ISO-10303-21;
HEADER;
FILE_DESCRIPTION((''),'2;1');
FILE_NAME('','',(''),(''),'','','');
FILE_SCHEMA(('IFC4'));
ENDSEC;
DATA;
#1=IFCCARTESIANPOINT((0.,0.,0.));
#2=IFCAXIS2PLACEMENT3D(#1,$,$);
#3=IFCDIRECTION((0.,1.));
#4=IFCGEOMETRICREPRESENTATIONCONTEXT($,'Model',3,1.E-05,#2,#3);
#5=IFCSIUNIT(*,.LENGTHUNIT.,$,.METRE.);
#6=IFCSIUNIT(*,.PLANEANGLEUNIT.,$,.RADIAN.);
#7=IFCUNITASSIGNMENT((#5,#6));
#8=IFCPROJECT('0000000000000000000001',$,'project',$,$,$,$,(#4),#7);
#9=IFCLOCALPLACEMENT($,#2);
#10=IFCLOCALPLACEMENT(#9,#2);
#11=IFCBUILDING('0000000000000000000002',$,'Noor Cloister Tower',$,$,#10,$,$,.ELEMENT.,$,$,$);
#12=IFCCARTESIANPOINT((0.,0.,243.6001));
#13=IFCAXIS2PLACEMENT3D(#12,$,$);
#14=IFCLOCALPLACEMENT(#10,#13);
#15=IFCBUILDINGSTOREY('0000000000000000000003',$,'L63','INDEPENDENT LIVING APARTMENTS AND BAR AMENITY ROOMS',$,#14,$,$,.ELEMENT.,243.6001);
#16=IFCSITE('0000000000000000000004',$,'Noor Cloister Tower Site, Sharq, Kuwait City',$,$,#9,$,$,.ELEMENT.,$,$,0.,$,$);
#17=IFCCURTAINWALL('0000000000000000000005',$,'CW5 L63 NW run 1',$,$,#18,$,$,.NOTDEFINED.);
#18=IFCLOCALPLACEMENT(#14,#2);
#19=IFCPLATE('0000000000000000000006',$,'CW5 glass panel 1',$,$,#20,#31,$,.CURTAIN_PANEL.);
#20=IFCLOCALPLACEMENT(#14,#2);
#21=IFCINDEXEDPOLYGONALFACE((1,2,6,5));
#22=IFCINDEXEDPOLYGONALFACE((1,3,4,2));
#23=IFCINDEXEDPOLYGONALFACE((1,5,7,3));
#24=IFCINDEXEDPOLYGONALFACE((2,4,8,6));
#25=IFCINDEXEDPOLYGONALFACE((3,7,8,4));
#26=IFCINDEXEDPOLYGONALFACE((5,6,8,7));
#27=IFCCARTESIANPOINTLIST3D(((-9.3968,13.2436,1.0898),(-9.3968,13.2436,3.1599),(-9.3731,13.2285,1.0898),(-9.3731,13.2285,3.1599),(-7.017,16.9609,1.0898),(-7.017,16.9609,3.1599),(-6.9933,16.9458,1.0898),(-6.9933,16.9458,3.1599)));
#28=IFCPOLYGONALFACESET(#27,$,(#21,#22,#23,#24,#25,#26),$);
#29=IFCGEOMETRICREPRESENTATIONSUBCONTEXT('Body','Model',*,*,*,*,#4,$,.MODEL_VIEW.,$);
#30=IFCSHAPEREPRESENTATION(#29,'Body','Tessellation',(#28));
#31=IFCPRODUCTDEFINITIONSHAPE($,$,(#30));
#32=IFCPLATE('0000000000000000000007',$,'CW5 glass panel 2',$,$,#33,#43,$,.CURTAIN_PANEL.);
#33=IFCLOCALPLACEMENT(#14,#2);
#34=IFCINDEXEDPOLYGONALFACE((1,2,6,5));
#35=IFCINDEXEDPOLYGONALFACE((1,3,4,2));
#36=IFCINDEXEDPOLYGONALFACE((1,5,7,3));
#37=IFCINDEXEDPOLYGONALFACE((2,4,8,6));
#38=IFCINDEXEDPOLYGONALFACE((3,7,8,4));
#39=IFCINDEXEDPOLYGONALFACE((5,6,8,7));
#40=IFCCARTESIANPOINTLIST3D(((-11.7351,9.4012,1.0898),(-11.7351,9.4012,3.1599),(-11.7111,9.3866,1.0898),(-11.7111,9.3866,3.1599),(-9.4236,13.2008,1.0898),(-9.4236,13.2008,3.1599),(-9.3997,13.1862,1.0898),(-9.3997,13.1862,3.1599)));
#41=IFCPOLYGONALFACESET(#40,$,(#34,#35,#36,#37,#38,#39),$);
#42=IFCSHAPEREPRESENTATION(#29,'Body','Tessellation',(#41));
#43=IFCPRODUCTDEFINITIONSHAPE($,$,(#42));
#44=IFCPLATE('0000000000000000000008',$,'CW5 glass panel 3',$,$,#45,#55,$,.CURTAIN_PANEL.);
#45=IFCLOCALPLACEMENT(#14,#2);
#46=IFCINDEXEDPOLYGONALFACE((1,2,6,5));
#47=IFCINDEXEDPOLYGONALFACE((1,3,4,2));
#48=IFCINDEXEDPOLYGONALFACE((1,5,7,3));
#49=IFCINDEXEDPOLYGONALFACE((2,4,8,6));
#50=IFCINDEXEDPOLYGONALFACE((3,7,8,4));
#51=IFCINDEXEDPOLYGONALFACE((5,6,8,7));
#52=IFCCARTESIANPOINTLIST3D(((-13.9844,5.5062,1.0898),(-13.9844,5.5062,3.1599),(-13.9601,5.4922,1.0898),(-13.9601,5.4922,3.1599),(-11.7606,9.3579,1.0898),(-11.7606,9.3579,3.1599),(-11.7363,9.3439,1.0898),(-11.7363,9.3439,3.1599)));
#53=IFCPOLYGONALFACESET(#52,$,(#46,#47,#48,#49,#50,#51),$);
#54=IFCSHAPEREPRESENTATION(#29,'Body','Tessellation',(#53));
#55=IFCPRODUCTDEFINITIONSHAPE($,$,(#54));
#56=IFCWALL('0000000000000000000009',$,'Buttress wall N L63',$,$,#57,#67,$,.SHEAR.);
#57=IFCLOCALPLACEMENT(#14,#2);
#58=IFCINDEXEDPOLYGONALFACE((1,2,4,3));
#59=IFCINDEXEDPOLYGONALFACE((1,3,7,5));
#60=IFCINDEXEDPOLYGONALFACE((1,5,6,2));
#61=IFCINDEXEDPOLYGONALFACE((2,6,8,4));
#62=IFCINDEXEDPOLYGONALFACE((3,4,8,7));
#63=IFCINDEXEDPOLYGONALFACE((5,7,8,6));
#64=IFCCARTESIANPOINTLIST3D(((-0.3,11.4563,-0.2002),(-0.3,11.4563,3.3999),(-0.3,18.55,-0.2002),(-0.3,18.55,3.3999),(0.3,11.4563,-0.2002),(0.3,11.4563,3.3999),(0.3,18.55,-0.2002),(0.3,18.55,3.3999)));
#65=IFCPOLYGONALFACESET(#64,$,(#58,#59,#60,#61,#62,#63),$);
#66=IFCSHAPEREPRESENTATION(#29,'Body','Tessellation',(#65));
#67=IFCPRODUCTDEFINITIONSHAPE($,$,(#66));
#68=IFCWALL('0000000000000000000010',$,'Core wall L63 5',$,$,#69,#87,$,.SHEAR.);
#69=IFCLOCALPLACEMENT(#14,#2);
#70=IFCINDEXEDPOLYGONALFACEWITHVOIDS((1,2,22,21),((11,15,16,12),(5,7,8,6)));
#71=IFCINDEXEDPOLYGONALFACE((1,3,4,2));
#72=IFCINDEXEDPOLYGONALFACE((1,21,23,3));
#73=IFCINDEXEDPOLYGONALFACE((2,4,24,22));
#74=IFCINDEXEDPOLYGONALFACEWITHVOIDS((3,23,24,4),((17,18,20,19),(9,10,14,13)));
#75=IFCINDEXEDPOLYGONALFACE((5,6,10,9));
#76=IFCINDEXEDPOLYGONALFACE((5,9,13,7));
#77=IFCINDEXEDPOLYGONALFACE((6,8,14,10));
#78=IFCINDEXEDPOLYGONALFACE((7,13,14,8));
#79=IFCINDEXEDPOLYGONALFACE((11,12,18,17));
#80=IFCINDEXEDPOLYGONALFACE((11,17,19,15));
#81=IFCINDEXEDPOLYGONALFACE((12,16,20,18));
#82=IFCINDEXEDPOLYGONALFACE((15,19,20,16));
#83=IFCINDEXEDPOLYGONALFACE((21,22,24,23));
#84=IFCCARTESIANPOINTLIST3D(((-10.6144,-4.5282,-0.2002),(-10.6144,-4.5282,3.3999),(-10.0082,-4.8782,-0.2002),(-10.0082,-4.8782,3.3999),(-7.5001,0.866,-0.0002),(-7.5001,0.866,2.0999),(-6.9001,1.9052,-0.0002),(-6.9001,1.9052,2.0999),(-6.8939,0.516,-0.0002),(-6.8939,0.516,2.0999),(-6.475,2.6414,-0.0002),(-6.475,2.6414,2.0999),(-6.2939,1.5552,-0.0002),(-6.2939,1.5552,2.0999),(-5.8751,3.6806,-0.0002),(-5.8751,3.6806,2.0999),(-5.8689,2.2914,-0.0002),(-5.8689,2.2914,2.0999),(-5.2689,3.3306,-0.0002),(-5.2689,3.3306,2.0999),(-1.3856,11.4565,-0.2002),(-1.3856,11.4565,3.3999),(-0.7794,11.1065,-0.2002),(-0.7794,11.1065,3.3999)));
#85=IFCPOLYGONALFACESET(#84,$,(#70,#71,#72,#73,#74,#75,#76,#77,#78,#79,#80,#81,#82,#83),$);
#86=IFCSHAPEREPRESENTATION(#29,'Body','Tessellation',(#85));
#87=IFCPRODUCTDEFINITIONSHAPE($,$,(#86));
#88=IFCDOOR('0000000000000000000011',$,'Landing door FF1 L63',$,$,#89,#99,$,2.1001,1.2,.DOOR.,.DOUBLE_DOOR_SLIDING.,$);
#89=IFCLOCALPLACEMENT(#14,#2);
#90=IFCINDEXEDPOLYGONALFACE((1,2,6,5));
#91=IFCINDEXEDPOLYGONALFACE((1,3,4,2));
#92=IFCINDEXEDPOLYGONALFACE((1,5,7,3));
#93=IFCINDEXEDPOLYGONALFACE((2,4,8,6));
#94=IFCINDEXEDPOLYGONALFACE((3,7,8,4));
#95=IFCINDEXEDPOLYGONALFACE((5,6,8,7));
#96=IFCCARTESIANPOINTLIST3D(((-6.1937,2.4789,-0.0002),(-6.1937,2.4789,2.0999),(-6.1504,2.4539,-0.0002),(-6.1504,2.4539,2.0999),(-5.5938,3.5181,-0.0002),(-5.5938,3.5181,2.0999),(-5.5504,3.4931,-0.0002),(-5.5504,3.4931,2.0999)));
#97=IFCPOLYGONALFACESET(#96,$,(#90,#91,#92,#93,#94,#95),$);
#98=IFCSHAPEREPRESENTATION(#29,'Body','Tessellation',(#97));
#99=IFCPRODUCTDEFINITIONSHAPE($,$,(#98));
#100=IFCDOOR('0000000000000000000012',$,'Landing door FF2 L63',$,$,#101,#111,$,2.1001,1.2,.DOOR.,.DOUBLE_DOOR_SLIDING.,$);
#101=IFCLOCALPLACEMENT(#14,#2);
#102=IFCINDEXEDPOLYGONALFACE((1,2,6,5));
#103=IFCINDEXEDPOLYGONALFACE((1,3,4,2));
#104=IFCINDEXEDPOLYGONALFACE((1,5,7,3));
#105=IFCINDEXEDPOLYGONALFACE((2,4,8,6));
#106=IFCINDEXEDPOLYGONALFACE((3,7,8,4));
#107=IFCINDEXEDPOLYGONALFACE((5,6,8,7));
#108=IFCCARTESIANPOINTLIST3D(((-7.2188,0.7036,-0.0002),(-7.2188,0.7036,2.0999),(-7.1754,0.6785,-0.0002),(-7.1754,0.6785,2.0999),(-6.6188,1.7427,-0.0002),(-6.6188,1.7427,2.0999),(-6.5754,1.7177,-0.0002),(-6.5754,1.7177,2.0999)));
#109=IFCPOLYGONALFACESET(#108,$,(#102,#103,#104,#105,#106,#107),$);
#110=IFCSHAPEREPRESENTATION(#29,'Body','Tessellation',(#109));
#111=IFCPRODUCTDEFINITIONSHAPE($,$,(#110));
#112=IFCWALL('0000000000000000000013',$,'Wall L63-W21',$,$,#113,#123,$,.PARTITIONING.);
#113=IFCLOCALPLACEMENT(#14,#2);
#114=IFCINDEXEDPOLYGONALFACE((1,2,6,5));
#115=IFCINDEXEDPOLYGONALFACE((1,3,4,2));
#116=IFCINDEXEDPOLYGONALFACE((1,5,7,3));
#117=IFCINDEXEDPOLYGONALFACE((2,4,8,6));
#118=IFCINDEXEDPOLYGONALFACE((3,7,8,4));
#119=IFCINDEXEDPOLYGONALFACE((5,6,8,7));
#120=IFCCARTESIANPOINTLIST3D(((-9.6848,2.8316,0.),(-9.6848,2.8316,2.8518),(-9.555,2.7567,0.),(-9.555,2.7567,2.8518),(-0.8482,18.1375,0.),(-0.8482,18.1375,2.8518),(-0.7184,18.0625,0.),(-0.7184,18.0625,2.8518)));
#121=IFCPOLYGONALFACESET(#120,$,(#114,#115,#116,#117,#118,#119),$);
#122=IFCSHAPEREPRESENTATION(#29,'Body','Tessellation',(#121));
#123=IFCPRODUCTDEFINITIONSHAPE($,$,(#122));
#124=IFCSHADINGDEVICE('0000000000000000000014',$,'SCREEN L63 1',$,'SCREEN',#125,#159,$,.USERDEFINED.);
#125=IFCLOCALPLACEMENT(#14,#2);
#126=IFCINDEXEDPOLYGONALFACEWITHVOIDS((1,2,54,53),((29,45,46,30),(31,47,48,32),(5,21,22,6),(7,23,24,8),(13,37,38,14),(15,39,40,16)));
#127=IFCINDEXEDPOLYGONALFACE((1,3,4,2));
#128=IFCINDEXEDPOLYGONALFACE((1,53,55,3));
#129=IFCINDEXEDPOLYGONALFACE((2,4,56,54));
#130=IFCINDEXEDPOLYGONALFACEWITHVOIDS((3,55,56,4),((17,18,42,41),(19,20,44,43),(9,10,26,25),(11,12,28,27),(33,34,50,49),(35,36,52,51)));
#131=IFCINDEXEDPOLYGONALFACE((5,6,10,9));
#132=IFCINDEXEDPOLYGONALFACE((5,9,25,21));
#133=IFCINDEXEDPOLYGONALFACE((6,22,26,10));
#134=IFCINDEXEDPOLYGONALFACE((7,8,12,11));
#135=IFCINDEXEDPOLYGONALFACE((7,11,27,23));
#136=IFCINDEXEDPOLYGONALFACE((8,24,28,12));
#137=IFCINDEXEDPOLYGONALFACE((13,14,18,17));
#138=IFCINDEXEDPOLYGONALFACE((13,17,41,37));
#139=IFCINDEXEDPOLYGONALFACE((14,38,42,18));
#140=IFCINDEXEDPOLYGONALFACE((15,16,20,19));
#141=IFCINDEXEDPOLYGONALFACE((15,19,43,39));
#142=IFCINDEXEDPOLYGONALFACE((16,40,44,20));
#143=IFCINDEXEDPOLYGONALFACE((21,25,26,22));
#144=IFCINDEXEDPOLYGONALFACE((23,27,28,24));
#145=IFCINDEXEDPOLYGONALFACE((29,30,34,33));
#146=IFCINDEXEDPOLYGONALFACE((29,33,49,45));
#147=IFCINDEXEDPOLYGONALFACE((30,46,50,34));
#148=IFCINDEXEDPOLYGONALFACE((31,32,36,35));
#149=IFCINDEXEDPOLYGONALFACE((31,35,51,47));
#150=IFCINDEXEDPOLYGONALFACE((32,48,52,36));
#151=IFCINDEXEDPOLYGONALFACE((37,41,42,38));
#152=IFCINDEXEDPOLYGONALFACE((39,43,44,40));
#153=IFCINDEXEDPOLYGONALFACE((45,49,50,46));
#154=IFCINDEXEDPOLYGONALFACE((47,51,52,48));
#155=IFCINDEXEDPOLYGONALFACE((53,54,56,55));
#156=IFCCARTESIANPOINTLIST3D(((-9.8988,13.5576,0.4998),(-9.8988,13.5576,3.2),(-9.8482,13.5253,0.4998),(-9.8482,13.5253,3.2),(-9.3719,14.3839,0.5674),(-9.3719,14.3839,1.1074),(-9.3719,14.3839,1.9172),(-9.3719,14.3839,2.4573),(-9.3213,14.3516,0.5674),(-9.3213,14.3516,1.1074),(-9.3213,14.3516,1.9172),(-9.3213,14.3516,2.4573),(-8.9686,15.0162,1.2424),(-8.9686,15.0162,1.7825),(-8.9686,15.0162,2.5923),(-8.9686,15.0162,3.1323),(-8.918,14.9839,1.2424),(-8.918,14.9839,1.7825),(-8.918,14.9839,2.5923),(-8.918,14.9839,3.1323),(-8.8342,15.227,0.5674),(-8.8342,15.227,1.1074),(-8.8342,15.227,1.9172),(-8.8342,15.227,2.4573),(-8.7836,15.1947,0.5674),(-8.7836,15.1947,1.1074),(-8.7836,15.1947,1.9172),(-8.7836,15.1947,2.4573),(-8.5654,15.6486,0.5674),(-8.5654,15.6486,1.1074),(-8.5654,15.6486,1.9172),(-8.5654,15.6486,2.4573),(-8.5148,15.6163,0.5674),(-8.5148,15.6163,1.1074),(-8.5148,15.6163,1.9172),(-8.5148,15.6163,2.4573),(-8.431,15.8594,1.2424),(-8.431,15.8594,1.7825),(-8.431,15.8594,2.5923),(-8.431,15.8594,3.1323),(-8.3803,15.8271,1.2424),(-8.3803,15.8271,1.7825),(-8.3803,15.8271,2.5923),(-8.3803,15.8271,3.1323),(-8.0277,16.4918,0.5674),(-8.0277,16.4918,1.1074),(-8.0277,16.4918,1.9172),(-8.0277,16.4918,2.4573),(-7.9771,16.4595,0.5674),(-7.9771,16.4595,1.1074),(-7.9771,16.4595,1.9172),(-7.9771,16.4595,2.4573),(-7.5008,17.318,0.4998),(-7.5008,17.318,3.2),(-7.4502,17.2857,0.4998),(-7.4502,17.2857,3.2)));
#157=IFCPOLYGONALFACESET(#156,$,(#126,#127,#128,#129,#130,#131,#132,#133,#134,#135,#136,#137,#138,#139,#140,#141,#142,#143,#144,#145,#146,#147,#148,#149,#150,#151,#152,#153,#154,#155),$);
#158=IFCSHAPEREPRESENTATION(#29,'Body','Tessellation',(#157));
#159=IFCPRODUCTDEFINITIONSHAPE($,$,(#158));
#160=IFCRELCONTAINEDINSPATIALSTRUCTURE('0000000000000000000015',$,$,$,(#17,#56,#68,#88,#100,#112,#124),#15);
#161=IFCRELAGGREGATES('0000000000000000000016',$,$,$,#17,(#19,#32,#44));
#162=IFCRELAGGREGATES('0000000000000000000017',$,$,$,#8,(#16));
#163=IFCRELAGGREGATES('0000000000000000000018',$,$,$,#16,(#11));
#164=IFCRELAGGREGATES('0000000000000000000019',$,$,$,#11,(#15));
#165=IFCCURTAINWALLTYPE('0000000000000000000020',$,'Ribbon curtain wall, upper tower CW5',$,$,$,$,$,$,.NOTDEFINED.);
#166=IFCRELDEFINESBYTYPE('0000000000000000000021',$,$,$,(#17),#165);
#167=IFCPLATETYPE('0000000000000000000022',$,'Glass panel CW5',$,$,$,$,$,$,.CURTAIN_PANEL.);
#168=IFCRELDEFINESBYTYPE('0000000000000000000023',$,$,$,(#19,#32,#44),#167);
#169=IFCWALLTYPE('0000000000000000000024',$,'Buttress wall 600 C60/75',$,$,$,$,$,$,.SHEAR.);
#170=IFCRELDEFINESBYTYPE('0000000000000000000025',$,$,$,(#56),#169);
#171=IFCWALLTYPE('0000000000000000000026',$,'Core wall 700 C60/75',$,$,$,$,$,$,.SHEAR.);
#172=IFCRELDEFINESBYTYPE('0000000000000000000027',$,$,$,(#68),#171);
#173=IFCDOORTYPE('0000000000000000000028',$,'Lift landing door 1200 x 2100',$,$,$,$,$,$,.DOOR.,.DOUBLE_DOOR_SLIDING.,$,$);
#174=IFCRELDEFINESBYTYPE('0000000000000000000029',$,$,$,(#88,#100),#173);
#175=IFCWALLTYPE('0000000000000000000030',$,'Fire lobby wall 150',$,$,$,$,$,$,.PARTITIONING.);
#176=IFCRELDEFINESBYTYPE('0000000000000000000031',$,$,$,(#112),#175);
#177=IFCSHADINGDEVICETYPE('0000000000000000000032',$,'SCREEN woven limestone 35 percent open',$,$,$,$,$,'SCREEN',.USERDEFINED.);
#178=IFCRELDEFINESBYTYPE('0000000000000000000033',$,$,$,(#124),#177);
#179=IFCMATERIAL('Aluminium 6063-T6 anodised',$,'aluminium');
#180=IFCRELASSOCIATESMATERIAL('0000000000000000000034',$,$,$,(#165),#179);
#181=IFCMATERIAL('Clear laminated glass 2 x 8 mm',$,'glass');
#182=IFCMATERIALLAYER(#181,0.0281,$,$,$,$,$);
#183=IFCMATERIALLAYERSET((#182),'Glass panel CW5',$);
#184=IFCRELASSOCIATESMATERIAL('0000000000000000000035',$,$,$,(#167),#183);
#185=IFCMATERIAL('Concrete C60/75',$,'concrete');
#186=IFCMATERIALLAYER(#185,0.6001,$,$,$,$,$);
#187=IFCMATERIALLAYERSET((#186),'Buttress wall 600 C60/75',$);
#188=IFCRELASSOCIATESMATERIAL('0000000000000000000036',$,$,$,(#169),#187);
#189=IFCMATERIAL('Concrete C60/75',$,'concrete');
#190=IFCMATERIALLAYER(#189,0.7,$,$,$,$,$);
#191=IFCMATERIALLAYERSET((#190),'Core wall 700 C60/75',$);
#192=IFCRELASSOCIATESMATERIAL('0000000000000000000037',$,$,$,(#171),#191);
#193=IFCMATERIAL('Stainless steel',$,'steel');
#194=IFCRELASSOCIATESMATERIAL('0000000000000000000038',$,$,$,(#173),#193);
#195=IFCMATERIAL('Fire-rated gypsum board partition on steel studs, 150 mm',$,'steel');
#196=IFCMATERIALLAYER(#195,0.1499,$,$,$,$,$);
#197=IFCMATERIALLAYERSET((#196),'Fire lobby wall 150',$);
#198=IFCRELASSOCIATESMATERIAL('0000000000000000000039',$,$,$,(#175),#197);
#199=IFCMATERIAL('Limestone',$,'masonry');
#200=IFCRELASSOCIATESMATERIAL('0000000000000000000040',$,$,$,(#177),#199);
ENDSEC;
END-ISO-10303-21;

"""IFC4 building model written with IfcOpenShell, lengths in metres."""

from ifc_helpers import new_model, si_unit, direction, frame, frame_2d, origin, origin_2d, place, context, subcontext, project, spatial, polyline, rectangle, outline, extrude, material, layer, layer_set, material_profile, profile_set, type_object, element, fill, aggregate, save


model = new_model("IFC4")

# Units and contexts
model_context = context("Model", 3, precision=1e-05, world=origin(), true_north=direction((0.0, 1.0)))
body_context = subcontext(model_context, "Body", "Model", "MODEL_VIEW")
ifc_project = project(units=[si_unit("LENGTHUNIT", "METRE"), si_unit("PLANEANGLEUNIT", "RADIAN")], contexts=[model_context])

# Site, building, storey
site_placement = place(None, origin())
site = spatial("IfcSite", under=ifc_project, at=site_placement, Name="Noor Cloister Tower Site, Sharq, Kuwait City", CompositionType="ELEMENT", RefElevation=0.0)
building_placement = place(site_placement, origin())
building = spatial("IfcBuilding", under=site, at=building_placement, Name="Noor Cloister Tower", CompositionType="ELEMENT")
storey_placement = place(building_placement, frame((0.0, 0.0, 243.6001)))
storey = spatial("IfcBuildingStorey", under=building, at=storey_placement, Name="L63", Description="INDEPENDENT LIVING APARTMENTS AND BAR AMENITY ROOMS", CompositionType="ELEMENT", Elevation=243.6001)

# Curtain wall
ifc_material_1 = material(Name="Aluminium 6063-T6 anodised", Category="aluminium")
curtain_wall_type = type_object("IfcCurtainWallType", Name="Ribbon curtain wall, upper tower CW5", PredefinedType="NOTDEFINED", material=ifc_material_1)
curtain_wall_placement = place(storey_placement, origin())
curtain_wall = element("IfcCurtainWall", 1, at=curtain_wall_placement, inside=storey, type_object=curtain_wall_type, Name="CW5 L63 NW run 1", PredefinedType="NOTDEFINED")

# Plates
ifc_material_2 = material(Name="Clear laminated glass 2 x 8 mm", Category="glass")
ifc_layer_1 = layer(ifc_material_2, 0.0281)
ifc_layer_set_1 = layer_set([ifc_layer_1], Name="Glass panel CW5")
plate_type = type_object("IfcPlateType", Name="Glass panel CW5", PredefinedType="CURTAIN_PANEL", material=ifc_layer_set_1)
plate_1_placement = place(storey_placement, frame((-8.1951, 15.0947, 1.0898), z_axis=(0.0, 0.0, 1.0), x_axis=(-0.539171, -0.842196, 0.0)))
plate_1 = element("IfcPlate", 2, at=plate_1_placement, type_object=plate_type, Name="CW5 glass panel 1", PredefinedType="CURTAIN_PANEL", context=body_context, shape_type="SweptSolid", body=[
    extrude(rectangle(XDim=4.4138, YDim=0.0281, at=origin_2d()), origin(), (0.0, 0.0, 1.0), 2.0701),
])
plate_2_placement = place(storey_placement, frame((-10.5674, 11.2937, 1.0898), z_axis=(0.0, 0.0, 1.0), x_axis=(-0.519722, -0.854335, 0.0)))
plate_2 = element("IfcPlate", 3, at=plate_2_placement, type_object=plate_type, Name="CW5 glass panel 2", PredefinedType="CURTAIN_PANEL", context=body_context, shape_type="SweptSolid", body=[
    extrude(rectangle(XDim=4.4475, YDim=0.0281, at=origin_2d()), origin(), (0.0, 0.0, 1.0), 2.0701),
])
plate_3_placement = place(storey_placement, frame((-12.8604, 7.425, 1.0898), z_axis=(0.0, 0.0, 1.0), x_axis=(-0.5, -0.866025, 0.0)))
plate_3 = element("IfcPlate", 4, at=plate_3_placement, type_object=plate_type, Name="CW5 glass panel 3", PredefinedType="CURTAIN_PANEL", context=body_context, shape_type="SweptSolid", body=[
    extrude(rectangle(XDim=4.4475, YDim=0.0281, at=origin_2d()), origin(), (0.0, 0.0, 1.0), 2.0701),
])
aggregate(curtain_wall, [plate_1, plate_2, plate_3])

# Wall
ifc_material_3 = material(Name="Concrete C60/75", Category="concrete")
ifc_layer_2 = layer(ifc_material_3, 0.6001)
ifc_layer_set_2 = layer_set([ifc_layer_2], Name="Buttress wall 600 C60/75")
wall_type_1 = type_object("IfcWallType", Name="Buttress wall 600 C60/75", PredefinedType="SHEAR", material=ifc_layer_set_2)
wall_1_placement = place(storey_placement, frame((0.0, 11.4563, -0.2002), z_axis=(0.0, 0.0, 1.0), x_axis=(0.0, 1.0, 0.0)))
element("IfcWall", 5, at=wall_1_placement, inside=storey, type_object=wall_type_1, Name="Buttress wall N L63", PredefinedType="SHEAR", context=body_context, shape_type="SweptSolid", body=[
    extrude(rectangle(XDim=7.0938, YDim=0.6001, at=frame_2d((3.5469, 0.0))), origin(), (0.0, 0.0, 1.0), 3.6001),
])

# Wall, openings, doors
ifc_material_4 = material(Name="Concrete C60/75", Category="concrete")
ifc_layer_3 = layer(ifc_material_4, 0.7)
ifc_layer_set_3 = layer_set([ifc_layer_3], Name="Core wall 700 C60/75")
wall_type_2 = type_object("IfcWallType", Name="Core wall 700 C60/75", PredefinedType="SHEAR", material=ifc_layer_set_3)
wall_2_placement = place(storey_placement, frame((-1.0825, 11.2815, -0.2002), z_axis=(0.0, 0.0, 1.0), x_axis=(-0.500001, -0.866025, 0.0)))
wall_2 = element("IfcWall", 6, at=wall_2_placement, inside=storey, type_object=wall_type_2, Name="Core wall L63 5", PredefinedType="SHEAR", context=body_context, shape_type="SweptSolid", body=[
    extrude(rectangle(XDim=18.4575, YDim=0.7, at=frame_2d((9.2288, 0.0))), origin(), (0.0, 0.0, 1.0), 3.6001),
])
opening_1_placement = place(wall_2_placement, frame((8.9788, 0.0, 0.2)))
opening_1 = element("IfcOpeningElement", 7, at=opening_1_placement, cuts=wall_2, PredefinedType="OPENING", context=body_context, shape_type="SweptSolid", body=[
    extrude(rectangle(XDim=1.2, YDim=2.1001, at=frame_2d((0.6001, 1.05))), frame((0.0, 0.3599, 0.0), z_axis=(0.0, -1.0, 0.0), x_axis=(1.0, 0.0, 0.0)), (0.0, 0.0, 1.0), 0.72),
])
opening_2_placement = place(wall_2_placement, frame((11.0288, 0.0, 0.2)))
opening_2 = element("IfcOpeningElement", 8, at=opening_2_placement, cuts=wall_2, PredefinedType="OPENING", context=body_context, shape_type="SweptSolid", body=[
    extrude(rectangle(XDim=1.2, YDim=2.1001, at=frame_2d((0.6001, 1.05))), frame((0.0, 0.3599, 0.0), z_axis=(0.0, -1.0, 0.0), x_axis=(1.0, 0.0, 0.0)), (0.0, 0.0, 1.0), 0.72),
])
ifc_material_5 = material(Name="Stainless steel", Category="steel")
door_type = type_object("IfcDoorType", Name="Lift landing door 1200 x 2100", OperationType="DOUBLE_DOOR_SLIDING", PredefinedType="DOOR", material=ifc_material_5)
door_1_placement = place(opening_1_placement, origin())
door_1 = element("IfcDoor", 9, at=door_1_placement, inside=storey, type_object=door_type, Name="Landing door FF1 L63", OperationType="DOUBLE_DOOR_SLIDING", OverallHeight=2.1001, OverallWidth=1.2, PredefinedType="DOOR", context=body_context, shape_type="SweptSolid", body=[
    extrude(rectangle(XDim=1.2, YDim=2.1001, at=frame_2d((0.6001, 1.05))), frame((0.0, 0.0249, 0.0), z_axis=(0.0, -1.0, 0.0), x_axis=(1.0, 0.0, 0.0)), (0.0, 0.0, 1.0), 0.05),
])
fill(opening_1, door_1)
door_2_placement = place(opening_2_placement, origin())
door_2 = element("IfcDoor", 10, at=door_2_placement, inside=storey, type_object=door_type, Name="Landing door FF2 L63", OperationType="DOUBLE_DOOR_SLIDING", OverallHeight=2.1001, OverallWidth=1.2, PredefinedType="DOOR", context=body_context, shape_type="SweptSolid", body=[
    extrude(rectangle(XDim=1.2, YDim=2.1001, at=frame_2d((0.6001, 1.05))), frame((0.0, 0.0249, 0.0), z_axis=(0.0, -1.0, 0.0), x_axis=(1.0, 0.0, 0.0)), (0.0, 0.0, 1.0), 0.05),
])
fill(opening_2, door_2)

# Wall
ifc_material_6 = material(Name="Fire-rated gypsum board partition on steel studs, 150 mm", Category="steel")
ifc_layer_4 = layer(ifc_material_6, 0.1499)
ifc_layer_set_4 = layer_set([ifc_layer_4], Name="Fire lobby wall 150")
wall_type_3 = type_object("IfcWallType", Name="Fire lobby wall 150", PredefinedType="PARTITIONING", material=ifc_layer_set_4)
wall_3_placement = place(storey_placement, frame((-0.7832, 18.1001, 0.0), z_axis=(0.0, 0.0, 1.0), x_axis=(-0.499992, -0.86603, 0.0)))
element("IfcWall", 11, at=wall_3_placement, inside=storey, type_object=wall_type_3, Name="Wall L63-W21", PredefinedType="PARTITIONING", context=body_context, shape_type="SweptSolid", body=[
    extrude(rectangle(XDim=17.6736, YDim=0.1499, at=frame_2d((8.8369, 0.0))), origin(), (0.0, 0.0, 1.0), 2.8518),
])

# Shading device
ifc_material_7 = material(Name="Limestone", Category="masonry")
ifc_material_profile_1 = material_profile(ifc_material_7, outline(polyline([(-2.23, -1.3501), (2.23, -1.3501), (2.23, 1.3501), (-2.23, 1.3501), (-2.23, -1.3501)]), holes=[polyline([(-1.25, -1.2825), (-0.25, -1.2825), (-0.25, -0.7424), (-1.25, -0.7424), (-1.25, -1.2825)]), polyline([(0.25, -1.2825), (1.25, -1.2825), (1.25, -0.7424), (0.25, -0.7424), (0.25, -1.2825)]), polyline([(-0.5, -0.6074), (0.5, -0.6074), (0.5, -0.0674), (-0.5, -0.0674), (-0.5, -0.6074)]), polyline([(-1.25, 0.0674), (-0.25, 0.0674), (-0.25, 0.6074), (-1.25, 0.6074), (-1.25, 0.0674)]), polyline([(0.25, 0.0674), (1.25, 0.0674), (1.25, 0.6074), (0.25, 0.6074), (0.25, 0.0674)]), polyline([(-0.5, 0.7424), (0.5, 0.7424), (0.5, 1.2825), (-0.5, 1.2825), (-0.5, 0.7424)])]), Name="Woven screen 35 percent open")
ifc_profile_set_1 = profile_set([ifc_material_profile_1], Name="Limestone")
shading_device_type = type_object("IfcShadingDeviceType", Name="SCREEN woven limestone 35 percent open", ElementType="SCREEN", PredefinedType="USERDEFINED", material=ifc_profile_set_1)
for number, where, z_axis, x_axis, name in (
    (12, (-8.6492, 15.4055, 1.8499), (-0.843158, 0.537666, 0.0), (-0.537666, -0.843158, 0.0), "SCREEN L63 1"),
):
    element("IfcShadingDevice", number, at=place(storey_placement, frame(where, z_axis=z_axis, x_axis=x_axis)), inside=storey, type_object=shading_device_type, Name=name, ObjectType="SCREEN", PredefinedType="USERDEFINED", context=body_context, shape_type="SweptSolid", body=[
        extrude(outline(polyline([(-2.23, -1.3501), (2.23, -1.3501), (2.23, 1.3501), (-2.23, 1.3501), (-2.23, -1.3501)]), holes=[polyline([(-1.25, -1.2825), (-0.25, -1.2825), (-0.25, -0.7424), (-1.25, -0.7424), (-1.25, -1.2825)]), polyline([(0.25, -1.2825), (1.25, -1.2825), (1.25, -0.7424), (0.25, -0.7424), (0.25, -1.2825)]), polyline([(-0.5, -0.6074), (0.5, -0.6074), (0.5, -0.0674), (-0.5, -0.0674), (-0.5, -0.6074)]), polyline([(-1.25, 0.0674), (-0.25, 0.0674), (-0.25, 0.6074), (-1.25, 0.6074), (-1.25, 0.0674)]), polyline([(0.25, 0.0674), (1.25, 0.0674), (1.25, 0.6074), (0.25, 0.6074), (0.25, 0.0674)]), polyline([(-0.5, 0.7424), (0.5, 0.7424), (0.5, 1.2825), (-0.5, 1.2825), (-0.5, 0.7424)])]), origin(), (0.0, 0.0, 1.0), 0.0601),
    ])

save(model, "model.ifc")
